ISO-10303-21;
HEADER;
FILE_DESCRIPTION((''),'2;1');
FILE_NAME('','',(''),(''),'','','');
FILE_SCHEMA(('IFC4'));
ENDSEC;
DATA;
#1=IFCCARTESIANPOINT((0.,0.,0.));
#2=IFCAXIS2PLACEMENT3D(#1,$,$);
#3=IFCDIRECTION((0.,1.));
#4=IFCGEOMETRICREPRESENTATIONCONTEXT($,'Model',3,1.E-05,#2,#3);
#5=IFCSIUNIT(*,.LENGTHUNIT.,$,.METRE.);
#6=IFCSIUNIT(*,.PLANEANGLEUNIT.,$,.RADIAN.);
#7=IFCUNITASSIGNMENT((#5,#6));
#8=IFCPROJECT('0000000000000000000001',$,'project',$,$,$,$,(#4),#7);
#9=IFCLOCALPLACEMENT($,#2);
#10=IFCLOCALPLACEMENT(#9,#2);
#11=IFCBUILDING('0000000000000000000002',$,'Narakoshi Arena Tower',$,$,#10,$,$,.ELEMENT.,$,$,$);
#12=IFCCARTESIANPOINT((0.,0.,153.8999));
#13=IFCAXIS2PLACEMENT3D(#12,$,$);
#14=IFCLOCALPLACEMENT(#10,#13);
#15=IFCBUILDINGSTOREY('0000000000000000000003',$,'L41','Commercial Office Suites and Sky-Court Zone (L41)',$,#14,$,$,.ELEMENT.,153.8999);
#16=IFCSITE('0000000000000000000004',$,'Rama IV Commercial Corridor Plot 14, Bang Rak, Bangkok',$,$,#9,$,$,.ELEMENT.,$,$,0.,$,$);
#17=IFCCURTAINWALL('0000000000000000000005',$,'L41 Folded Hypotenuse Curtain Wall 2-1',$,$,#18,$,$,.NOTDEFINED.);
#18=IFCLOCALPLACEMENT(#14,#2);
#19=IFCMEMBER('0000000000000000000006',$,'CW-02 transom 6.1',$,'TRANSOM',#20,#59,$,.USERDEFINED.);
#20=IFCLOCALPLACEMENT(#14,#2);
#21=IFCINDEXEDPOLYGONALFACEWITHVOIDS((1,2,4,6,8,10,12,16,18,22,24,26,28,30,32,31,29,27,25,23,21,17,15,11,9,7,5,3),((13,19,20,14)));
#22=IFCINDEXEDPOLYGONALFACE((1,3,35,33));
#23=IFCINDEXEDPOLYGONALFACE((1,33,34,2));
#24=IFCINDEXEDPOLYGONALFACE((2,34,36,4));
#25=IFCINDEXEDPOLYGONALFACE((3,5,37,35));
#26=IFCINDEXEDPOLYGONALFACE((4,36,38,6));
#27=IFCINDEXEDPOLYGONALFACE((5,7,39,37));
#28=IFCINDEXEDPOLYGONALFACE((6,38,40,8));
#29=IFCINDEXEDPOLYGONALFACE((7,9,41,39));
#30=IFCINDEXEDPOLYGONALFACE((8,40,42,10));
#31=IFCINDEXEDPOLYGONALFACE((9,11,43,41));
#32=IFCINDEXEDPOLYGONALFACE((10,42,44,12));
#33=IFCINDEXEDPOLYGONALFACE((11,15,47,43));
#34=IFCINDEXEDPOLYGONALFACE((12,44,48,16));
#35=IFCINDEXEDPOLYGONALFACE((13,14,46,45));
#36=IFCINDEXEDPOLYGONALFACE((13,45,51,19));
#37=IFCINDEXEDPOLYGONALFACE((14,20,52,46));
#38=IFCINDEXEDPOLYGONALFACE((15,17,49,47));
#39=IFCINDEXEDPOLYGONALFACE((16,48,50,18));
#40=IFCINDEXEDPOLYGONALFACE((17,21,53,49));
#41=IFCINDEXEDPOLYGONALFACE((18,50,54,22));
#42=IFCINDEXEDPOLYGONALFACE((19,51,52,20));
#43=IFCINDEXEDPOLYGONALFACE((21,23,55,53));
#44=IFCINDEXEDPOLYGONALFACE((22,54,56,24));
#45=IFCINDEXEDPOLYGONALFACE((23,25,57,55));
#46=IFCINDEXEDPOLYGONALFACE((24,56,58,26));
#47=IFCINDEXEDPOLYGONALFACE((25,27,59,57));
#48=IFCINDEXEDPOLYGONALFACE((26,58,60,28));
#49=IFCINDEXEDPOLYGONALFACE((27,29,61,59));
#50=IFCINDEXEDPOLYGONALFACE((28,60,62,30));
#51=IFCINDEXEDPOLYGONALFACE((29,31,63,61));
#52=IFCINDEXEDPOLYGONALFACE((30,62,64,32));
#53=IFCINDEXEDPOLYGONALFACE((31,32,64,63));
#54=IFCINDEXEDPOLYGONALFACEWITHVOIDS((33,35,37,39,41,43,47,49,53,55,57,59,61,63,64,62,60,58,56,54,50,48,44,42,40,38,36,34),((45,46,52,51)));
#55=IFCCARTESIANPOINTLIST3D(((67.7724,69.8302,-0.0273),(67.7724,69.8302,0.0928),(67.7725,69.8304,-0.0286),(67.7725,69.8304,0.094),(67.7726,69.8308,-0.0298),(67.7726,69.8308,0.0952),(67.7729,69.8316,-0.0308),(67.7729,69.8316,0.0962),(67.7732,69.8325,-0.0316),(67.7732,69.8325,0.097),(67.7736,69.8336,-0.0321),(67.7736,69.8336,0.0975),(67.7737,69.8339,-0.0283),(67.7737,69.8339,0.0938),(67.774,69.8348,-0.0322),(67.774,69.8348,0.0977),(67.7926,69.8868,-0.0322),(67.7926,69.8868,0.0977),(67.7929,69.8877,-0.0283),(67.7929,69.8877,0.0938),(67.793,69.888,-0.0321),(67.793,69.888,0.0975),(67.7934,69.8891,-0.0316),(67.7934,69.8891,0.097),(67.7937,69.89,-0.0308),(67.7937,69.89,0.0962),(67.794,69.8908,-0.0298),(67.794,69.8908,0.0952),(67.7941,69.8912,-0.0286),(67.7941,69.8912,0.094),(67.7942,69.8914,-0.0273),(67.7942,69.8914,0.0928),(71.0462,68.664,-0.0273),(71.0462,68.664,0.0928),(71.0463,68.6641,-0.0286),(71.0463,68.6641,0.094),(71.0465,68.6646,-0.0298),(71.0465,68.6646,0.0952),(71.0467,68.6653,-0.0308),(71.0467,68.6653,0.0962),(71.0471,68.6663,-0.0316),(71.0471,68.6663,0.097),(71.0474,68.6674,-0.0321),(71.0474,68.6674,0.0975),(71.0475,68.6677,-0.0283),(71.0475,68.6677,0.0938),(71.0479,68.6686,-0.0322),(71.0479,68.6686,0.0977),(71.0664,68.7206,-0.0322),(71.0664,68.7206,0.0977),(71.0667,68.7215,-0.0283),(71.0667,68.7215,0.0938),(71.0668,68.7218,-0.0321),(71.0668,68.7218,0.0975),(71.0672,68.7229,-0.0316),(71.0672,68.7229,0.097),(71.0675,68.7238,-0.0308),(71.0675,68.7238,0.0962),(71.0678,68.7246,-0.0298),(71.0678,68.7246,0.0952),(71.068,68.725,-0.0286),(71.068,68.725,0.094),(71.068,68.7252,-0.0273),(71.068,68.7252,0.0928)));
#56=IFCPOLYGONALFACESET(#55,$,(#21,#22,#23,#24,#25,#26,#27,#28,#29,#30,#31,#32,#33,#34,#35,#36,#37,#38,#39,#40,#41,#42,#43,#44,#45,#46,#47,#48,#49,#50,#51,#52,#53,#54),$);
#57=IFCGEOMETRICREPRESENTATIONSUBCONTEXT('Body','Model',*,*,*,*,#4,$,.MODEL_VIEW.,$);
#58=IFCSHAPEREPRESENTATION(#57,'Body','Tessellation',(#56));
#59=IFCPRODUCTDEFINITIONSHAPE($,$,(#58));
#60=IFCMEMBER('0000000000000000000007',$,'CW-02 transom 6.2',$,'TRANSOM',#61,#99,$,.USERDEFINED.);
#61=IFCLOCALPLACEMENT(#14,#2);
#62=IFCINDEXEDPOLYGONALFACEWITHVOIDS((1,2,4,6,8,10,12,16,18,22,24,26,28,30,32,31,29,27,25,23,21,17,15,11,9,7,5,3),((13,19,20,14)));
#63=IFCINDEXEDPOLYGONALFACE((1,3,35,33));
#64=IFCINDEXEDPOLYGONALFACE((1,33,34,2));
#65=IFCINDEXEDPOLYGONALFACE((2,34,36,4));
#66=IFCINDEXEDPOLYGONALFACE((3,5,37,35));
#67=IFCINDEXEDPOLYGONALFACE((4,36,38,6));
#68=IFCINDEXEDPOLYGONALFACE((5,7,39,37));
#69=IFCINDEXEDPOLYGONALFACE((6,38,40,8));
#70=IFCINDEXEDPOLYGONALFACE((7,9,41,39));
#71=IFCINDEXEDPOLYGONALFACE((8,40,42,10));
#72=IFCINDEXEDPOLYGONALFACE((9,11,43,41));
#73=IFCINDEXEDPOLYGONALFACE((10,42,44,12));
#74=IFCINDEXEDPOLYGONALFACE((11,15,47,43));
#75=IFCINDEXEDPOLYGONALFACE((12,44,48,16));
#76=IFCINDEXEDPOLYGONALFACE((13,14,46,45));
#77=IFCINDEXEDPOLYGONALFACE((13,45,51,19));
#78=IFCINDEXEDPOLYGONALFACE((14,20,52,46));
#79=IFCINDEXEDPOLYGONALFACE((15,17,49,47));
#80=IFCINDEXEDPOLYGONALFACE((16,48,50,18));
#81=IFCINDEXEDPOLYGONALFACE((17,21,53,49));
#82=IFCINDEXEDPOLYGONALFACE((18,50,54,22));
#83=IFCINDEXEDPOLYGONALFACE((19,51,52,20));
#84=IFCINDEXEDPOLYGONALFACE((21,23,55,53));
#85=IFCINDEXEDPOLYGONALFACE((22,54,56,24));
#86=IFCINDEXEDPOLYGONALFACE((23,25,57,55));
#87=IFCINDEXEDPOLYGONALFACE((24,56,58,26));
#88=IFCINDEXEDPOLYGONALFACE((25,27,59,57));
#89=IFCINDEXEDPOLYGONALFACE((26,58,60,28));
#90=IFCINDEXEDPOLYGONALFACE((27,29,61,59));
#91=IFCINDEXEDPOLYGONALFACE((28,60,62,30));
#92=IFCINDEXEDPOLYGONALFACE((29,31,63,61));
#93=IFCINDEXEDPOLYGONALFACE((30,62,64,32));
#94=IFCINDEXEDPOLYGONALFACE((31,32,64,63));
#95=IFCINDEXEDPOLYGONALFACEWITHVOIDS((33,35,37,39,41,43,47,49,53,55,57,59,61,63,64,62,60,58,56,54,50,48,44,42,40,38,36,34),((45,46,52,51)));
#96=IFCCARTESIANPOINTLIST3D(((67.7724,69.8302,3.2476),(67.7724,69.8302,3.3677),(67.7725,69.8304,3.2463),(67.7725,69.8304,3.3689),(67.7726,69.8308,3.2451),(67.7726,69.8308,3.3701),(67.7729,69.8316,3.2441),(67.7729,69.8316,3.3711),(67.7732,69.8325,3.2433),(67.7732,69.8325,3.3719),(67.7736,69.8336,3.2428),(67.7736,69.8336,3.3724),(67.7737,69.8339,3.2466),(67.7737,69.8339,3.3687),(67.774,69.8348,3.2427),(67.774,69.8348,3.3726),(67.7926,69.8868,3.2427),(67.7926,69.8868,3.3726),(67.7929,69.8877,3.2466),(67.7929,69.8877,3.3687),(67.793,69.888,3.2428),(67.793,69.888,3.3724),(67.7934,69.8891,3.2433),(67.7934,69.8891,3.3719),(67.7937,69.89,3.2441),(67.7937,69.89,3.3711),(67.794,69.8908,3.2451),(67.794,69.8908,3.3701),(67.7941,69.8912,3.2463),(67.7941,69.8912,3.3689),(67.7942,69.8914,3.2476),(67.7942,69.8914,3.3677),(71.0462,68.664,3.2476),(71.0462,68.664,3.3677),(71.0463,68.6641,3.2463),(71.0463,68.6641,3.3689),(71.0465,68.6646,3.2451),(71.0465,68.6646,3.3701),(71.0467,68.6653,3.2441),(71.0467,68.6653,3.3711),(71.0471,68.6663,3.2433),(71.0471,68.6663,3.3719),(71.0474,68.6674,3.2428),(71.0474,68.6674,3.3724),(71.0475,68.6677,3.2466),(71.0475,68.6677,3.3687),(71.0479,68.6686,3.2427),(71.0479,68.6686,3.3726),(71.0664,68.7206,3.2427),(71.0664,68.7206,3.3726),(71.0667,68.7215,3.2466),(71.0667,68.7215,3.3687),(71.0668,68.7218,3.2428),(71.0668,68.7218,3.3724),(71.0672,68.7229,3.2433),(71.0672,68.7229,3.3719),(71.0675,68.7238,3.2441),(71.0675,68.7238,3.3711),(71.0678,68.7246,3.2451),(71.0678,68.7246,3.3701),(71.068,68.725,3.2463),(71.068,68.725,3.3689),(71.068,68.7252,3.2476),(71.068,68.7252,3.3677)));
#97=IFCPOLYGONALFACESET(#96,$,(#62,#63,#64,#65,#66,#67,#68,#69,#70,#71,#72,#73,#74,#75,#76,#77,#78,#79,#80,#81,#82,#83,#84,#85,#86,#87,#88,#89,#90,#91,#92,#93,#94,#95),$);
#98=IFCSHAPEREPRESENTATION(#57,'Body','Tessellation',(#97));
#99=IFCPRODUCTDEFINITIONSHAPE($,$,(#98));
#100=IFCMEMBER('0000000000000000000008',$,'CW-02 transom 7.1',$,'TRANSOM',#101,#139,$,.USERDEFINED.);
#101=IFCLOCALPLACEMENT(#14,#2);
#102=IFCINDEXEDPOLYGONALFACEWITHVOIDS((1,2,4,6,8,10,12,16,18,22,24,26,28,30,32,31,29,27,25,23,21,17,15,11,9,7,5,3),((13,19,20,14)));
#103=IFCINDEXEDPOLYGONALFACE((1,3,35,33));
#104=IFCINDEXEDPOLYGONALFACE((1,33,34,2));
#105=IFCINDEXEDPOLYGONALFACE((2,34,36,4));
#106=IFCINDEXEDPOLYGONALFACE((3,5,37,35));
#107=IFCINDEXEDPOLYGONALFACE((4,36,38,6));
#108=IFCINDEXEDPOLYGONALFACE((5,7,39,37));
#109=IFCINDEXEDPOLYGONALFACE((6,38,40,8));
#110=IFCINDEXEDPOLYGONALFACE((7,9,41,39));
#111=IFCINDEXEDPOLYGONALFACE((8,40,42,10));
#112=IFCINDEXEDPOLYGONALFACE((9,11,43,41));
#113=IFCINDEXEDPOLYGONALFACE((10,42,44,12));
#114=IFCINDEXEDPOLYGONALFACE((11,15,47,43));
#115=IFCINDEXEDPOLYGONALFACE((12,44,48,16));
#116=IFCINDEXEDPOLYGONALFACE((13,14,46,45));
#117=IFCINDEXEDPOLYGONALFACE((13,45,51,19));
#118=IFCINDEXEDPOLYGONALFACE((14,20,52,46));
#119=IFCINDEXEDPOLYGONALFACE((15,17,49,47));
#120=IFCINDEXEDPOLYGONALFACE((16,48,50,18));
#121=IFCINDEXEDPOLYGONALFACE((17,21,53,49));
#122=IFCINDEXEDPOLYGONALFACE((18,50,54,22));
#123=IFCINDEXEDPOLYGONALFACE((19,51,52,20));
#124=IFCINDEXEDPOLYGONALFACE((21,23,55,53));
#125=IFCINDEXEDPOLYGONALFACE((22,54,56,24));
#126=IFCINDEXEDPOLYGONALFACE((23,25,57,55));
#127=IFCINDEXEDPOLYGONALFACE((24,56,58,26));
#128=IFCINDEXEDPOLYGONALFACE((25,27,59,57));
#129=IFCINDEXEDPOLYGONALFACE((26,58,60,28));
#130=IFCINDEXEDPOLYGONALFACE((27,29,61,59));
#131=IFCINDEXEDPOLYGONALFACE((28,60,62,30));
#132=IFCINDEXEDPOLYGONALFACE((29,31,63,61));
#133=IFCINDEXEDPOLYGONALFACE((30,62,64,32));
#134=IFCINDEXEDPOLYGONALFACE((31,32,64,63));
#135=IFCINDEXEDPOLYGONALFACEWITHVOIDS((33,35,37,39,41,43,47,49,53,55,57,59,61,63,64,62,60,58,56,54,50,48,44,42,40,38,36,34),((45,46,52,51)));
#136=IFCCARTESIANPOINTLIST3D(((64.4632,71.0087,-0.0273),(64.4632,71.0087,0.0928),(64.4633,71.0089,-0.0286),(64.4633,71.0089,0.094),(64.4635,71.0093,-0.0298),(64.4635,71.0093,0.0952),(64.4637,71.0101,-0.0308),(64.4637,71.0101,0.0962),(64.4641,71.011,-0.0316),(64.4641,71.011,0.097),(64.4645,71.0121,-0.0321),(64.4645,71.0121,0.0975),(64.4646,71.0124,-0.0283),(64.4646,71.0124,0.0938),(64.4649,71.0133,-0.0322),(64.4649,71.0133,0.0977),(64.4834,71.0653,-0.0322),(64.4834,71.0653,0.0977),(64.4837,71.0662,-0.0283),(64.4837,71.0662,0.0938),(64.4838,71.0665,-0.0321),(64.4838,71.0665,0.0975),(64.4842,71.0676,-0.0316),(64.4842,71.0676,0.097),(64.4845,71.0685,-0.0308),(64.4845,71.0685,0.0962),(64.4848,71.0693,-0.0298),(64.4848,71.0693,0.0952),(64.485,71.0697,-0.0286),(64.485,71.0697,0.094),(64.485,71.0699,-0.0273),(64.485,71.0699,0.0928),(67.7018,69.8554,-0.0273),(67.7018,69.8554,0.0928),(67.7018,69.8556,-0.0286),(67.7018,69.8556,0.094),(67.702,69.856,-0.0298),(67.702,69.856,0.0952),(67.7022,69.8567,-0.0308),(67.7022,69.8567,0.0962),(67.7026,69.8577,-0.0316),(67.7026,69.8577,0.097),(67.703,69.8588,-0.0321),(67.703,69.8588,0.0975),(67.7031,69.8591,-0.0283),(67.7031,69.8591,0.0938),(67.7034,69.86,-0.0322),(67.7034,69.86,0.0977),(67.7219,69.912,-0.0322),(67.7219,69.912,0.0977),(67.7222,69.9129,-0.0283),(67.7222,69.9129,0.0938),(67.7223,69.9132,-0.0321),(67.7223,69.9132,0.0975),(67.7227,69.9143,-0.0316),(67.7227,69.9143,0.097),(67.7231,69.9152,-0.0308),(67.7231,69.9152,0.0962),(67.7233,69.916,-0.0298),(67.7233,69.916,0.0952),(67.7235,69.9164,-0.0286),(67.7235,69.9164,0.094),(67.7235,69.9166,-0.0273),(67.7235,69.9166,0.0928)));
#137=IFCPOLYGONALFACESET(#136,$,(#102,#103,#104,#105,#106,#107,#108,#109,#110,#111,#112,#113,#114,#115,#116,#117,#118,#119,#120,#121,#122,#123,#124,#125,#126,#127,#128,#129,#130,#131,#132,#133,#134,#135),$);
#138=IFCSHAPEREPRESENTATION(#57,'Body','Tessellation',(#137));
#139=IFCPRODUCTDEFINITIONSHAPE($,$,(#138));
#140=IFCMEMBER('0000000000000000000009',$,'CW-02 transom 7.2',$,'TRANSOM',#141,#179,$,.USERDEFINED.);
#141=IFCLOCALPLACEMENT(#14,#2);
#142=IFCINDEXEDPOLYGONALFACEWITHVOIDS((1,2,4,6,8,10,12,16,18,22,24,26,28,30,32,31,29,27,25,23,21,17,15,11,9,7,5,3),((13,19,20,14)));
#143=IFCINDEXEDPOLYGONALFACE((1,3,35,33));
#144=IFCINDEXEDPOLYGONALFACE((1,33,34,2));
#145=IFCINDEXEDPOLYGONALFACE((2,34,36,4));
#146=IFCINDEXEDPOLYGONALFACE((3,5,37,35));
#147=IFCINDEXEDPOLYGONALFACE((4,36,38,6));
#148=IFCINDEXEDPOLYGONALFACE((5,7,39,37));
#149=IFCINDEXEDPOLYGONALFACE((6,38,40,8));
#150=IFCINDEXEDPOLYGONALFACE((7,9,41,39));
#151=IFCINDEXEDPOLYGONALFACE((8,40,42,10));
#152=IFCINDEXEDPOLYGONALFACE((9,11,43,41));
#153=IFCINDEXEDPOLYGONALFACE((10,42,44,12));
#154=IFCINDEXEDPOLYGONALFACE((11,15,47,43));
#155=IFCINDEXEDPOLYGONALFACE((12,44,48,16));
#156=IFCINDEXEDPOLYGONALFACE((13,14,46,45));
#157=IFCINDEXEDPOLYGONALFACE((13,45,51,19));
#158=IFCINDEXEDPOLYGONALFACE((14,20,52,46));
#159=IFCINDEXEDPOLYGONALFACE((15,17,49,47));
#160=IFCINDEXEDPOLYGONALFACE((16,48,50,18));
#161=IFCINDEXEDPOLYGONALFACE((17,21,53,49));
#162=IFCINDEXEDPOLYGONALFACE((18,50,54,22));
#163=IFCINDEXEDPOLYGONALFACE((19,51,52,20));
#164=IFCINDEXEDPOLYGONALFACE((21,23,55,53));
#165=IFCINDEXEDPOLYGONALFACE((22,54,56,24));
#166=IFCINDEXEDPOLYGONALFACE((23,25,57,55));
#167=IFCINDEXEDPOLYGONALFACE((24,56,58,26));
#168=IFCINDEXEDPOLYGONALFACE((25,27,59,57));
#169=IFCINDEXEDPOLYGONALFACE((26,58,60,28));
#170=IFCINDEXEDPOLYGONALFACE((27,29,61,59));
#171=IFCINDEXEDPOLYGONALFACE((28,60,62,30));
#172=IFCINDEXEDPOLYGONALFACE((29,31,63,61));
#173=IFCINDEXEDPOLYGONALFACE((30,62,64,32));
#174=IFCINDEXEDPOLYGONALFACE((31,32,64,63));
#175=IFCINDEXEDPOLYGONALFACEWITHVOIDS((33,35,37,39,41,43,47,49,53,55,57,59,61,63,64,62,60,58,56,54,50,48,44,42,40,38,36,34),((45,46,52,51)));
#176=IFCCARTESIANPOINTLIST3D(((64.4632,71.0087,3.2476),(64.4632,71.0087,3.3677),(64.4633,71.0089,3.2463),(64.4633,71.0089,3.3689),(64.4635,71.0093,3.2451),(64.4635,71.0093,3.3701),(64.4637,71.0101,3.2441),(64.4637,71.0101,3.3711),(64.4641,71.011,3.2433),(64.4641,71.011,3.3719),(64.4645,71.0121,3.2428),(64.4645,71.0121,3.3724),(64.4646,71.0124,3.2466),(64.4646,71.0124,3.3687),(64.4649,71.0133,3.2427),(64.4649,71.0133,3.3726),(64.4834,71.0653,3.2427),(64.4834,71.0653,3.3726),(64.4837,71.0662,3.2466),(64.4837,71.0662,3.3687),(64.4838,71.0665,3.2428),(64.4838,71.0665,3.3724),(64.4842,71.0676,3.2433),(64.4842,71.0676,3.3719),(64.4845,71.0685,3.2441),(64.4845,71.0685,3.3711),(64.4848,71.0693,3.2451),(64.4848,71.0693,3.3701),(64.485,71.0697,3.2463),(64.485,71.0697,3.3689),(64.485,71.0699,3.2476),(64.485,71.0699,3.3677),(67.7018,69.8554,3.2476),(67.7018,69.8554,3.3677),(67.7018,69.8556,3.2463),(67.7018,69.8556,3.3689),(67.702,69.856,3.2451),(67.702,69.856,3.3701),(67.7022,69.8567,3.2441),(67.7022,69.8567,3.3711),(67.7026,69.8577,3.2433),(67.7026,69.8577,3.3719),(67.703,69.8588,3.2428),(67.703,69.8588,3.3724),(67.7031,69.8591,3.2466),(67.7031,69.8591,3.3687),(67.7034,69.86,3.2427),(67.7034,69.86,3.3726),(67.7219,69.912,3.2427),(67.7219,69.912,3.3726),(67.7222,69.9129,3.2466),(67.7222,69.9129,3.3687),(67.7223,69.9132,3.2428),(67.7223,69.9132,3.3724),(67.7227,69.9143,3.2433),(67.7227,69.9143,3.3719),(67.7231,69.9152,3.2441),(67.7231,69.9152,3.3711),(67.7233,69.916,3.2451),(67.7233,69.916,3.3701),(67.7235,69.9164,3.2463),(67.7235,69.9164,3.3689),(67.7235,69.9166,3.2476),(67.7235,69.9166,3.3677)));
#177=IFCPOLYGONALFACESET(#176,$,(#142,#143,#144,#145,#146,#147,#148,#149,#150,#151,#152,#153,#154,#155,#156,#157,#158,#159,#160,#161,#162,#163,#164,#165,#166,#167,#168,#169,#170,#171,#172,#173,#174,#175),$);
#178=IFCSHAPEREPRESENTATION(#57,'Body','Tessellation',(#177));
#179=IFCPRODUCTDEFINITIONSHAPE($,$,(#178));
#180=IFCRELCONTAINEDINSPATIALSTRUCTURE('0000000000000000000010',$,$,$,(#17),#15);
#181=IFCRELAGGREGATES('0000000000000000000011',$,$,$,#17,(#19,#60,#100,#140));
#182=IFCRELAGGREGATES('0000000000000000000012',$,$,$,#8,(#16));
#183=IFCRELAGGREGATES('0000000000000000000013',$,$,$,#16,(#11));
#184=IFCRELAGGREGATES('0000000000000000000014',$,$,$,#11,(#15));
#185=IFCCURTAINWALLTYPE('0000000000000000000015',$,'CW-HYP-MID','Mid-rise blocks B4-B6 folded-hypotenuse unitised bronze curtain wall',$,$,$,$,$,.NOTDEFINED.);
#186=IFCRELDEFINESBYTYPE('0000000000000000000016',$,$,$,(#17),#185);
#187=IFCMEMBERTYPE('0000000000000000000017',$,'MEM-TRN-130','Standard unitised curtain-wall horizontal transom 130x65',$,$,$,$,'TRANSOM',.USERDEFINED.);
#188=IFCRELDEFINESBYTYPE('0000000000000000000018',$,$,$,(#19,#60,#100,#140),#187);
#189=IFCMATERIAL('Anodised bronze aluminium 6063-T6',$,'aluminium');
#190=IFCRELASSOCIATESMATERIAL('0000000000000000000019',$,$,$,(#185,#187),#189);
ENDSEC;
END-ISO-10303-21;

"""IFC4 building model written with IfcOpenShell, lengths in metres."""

from ifc_helpers import new_model, si_unit, direction, frame, origin, origin_2d, place, context, subcontext, project, spatial, hollow_rectangle, extrude, material, material_profile, profile_set, type_object, element, aggregate, save


model = new_model("IFC4")

# Units and contexts
model_context = context("Model", 3, precision=1e-05, world=origin(), true_north=direction((0.0, 1.0)))
body_context = subcontext(model_context, "Body", "Model", "MODEL_VIEW")
ifc_project = project(units=[si_unit("LENGTHUNIT", "METRE"), si_unit("PLANEANGLEUNIT", "RADIAN")], contexts=[model_context])

# Site, building, storey
site_placement = place(None, origin())
site = spatial("IfcSite", under=ifc_project, at=site_placement, Name="Rama IV Commercial Corridor Plot 14, Bang Rak, Bangkok", CompositionType="ELEMENT", RefElevation=0.0)
building_placement = place(site_placement, origin())
building = spatial("IfcBuilding", under=site, at=building_placement, Name="Narakoshi Arena Tower", CompositionType="ELEMENT")
storey_placement = place(building_placement, frame((0.0, 0.0, 153.8999)))
storey = spatial("IfcBuildingStorey", under=building, at=storey_placement, Name="L41", Description="Commercial Office Suites and Sky-Court Zone (L41)", CompositionType="ELEMENT", Elevation=153.8999)

# Curtain wall
ifc_material_1 = material(Name="Anodised bronze aluminium 6063-T6", Category="aluminium")
curtain_wall_type = type_object("IfcCurtainWallType", Name="CW-HYP-MID", Description="Mid-rise blocks B4-B6 folded-hypotenuse unitised bronze curtain wall", PredefinedType="NOTDEFINED", material=ifc_material_1)
curtain_wall_1_placement = place(storey_placement, origin())
curtain_wall_1 = element("IfcCurtainWall", 1, at=curtain_wall_1_placement, inside=storey, type_object=curtain_wall_type, Name="L41 Folded Hypotenuse Curtain Wall 2-1", PredefinedType="NOTDEFINED")

# Members
ifc_material_profile_1 = material_profile(ifc_material_1, hollow_rectangle(XDim=0.0649, YDim=0.1299, WallThickness=0.0039, OuterFilletRadius=0.0049, at=origin_2d()), Name="TRN130x65x4")
ifc_profile_set_1 = profile_set([ifc_material_profile_1], Name="Anodised bronze aluminium 6063-T6")
member_type_1 = type_object("IfcMemberType", Name="MEM-TRN-130", Description="Standard unitised curtain-wall horizontal transom 130x65", ElementType="TRANSOM", PredefinedType="USERDEFINED", material=ifc_profile_set_1)
member_1_placement = place(storey_placement, frame((71.0571, 68.6946, 0.0327), z_axis=(-0.942015, 0.335571, 0.0), x_axis=(-0.335571, -0.942015, 0.0)))
member_1 = element("IfcMember", 2, at=member_1_placement, type_object=member_type_1, Name="CW-02 transom 6.1", ObjectType="TRANSOM", PredefinedType="USERDEFINED", context=body_context, shape_type="SweptSolid", body=[
    extrude(hollow_rectangle(XDim=0.0649, YDim=0.1299, WallThickness=0.0039, OuterFilletRadius=0.0049, at=origin_2d()), origin(), (0.0, 0.0, 1.0), 3.4753),
])
member_2_placement = place(storey_placement, frame((71.0571, 68.6946, 3.3076), z_axis=(-0.942015, 0.335571, 0.0), x_axis=(-0.335571, -0.942015, 0.0)))
member_2 = element("IfcMember", 3, at=member_2_placement, type_object=member_type_1, Name="CW-02 transom 6.2", ObjectType="TRANSOM", PredefinedType="USERDEFINED", context=body_context, shape_type="SweptSolid", body=[
    extrude(hollow_rectangle(XDim=0.0649, YDim=0.1299, WallThickness=0.0039, OuterFilletRadius=0.0049, at=origin_2d()), origin(), (0.0, 0.0, 1.0), 3.4753),
])
member_3_placement = place(storey_placement, frame((67.7126, 69.886, 0.0327), z_axis=(-0.942045, 0.335486, 0.0), x_axis=(-0.335486, -0.942045, 0.0)))
member_3 = element("IfcMember", 4, at=member_3_placement, type_object=member_type_1, Name="CW-02 transom 7.1", ObjectType="TRANSOM", PredefinedType="USERDEFINED", context=body_context, shape_type="SweptSolid", body=[
    extrude(hollow_rectangle(XDim=0.0649, YDim=0.1299, WallThickness=0.0039, OuterFilletRadius=0.0049, at=origin_2d()), origin(), (0.0, 0.0, 1.0), 3.4377),
])
member_4_placement = place(storey_placement, frame((67.7126, 69.886, 3.3076), z_axis=(-0.942045, 0.335486, 0.0), x_axis=(-0.335486, -0.942045, 0.0)))
member_4 = element("IfcMember", 5, at=member_4_placement, type_object=member_type_1, Name="CW-02 transom 7.2", ObjectType="TRANSOM", PredefinedType="USERDEFINED", context=body_context, shape_type="SweptSolid", body=[
    extrude(hollow_rectangle(XDim=0.0649, YDim=0.1299, WallThickness=0.0039, OuterFilletRadius=0.0049, at=origin_2d()), origin(), (0.0, 0.0, 1.0), 3.4377),
])

aggregate(curtain_wall_1, [member_1, member_2, member_3, member_4])

save(model, "model.ifc")
